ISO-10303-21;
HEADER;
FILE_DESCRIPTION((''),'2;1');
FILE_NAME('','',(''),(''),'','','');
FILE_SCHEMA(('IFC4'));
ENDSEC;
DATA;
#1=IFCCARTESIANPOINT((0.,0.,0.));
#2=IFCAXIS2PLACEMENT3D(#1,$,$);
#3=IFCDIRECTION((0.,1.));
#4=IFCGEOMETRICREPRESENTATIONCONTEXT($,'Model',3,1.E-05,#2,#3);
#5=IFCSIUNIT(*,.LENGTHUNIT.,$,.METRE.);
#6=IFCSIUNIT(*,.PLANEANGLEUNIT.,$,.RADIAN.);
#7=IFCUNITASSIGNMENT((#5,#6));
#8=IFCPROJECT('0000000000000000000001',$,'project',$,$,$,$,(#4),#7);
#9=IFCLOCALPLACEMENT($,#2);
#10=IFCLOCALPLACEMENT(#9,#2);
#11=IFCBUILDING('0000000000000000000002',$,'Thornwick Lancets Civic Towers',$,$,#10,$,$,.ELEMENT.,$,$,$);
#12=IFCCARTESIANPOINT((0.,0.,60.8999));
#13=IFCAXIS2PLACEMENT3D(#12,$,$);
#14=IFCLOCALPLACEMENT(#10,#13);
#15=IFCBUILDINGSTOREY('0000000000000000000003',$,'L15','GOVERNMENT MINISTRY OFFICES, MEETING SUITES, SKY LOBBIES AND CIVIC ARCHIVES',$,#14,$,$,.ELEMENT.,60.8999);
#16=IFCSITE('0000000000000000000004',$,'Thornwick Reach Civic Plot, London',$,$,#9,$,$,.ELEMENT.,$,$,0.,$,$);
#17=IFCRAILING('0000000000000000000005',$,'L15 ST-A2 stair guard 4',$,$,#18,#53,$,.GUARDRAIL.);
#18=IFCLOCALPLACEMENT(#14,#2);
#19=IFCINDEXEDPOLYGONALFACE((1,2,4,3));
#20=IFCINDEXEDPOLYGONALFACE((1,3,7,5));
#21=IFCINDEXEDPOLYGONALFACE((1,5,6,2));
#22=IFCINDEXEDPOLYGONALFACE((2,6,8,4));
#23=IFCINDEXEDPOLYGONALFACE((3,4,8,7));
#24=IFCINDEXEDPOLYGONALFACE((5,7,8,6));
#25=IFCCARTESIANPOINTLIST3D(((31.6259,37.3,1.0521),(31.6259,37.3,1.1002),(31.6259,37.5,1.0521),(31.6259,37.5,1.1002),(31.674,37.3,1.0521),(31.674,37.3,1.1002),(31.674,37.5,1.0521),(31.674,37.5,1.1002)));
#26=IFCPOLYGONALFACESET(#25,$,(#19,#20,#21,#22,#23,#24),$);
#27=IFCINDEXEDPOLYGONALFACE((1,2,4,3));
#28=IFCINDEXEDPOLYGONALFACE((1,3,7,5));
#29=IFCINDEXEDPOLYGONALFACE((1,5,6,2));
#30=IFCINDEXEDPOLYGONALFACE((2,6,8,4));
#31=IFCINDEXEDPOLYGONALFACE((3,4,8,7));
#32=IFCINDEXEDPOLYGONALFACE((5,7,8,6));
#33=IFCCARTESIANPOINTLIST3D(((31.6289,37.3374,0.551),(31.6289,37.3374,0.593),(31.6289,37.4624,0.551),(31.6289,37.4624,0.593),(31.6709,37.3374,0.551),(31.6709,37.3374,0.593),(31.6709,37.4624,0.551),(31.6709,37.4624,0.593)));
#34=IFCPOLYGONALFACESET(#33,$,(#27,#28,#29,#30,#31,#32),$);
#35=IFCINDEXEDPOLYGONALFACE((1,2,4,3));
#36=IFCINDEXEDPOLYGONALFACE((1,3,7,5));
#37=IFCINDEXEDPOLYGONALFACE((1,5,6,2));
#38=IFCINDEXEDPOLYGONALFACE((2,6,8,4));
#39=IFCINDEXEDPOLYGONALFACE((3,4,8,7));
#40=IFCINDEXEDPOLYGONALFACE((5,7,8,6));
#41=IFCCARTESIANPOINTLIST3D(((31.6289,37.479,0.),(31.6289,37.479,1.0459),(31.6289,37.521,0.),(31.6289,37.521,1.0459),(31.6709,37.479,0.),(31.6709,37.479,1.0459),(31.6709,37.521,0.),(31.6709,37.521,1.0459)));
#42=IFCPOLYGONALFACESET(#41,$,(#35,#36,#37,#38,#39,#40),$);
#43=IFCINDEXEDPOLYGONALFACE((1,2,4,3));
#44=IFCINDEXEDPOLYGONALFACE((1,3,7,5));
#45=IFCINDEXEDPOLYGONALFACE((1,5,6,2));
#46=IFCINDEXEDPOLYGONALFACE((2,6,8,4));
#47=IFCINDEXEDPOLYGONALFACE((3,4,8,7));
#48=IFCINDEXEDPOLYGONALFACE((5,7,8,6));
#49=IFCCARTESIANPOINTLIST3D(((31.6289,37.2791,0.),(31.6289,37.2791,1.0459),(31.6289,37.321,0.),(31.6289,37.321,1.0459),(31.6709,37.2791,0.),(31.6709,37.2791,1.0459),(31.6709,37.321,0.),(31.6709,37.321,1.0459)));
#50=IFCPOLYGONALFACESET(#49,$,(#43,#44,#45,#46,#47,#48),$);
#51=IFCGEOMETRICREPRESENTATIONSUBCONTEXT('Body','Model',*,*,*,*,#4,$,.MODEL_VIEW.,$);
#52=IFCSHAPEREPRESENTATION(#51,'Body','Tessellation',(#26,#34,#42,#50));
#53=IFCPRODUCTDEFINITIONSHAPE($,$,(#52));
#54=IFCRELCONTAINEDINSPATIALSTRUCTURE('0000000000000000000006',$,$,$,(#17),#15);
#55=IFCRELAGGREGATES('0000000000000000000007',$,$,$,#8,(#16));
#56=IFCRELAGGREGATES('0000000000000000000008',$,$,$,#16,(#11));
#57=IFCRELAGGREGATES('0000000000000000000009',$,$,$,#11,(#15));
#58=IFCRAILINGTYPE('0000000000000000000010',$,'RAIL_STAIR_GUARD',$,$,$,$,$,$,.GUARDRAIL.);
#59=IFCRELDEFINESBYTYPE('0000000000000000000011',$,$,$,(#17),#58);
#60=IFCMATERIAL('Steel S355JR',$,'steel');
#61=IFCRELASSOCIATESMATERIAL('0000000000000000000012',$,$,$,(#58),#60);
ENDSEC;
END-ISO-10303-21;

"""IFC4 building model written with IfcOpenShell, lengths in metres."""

from ifc_helpers import new_model, si_unit, direction, frame, origin, origin_2d, place, context, subcontext, project, spatial, rectangle, extrude, material, type_object, element, save


model = new_model("IFC4")

# Units and contexts
model_context = context("Model", 3, precision=1e-05, world=origin(), true_north=direction((0.0, 1.0)))
body_context = subcontext(model_context, "Body", "Model", "MODEL_VIEW")
ifc_project = project(units=[si_unit("LENGTHUNIT", "METRE"), si_unit("PLANEANGLEUNIT", "RADIAN")], contexts=[model_context])

# Site, building, storey
site_placement = place(None, origin())
site = spatial("IfcSite", under=ifc_project, at=site_placement, Name="Thornwick Reach Civic Plot, London", CompositionType="ELEMENT", RefElevation=0.0)
building_placement = place(site_placement, origin())
building = spatial("IfcBuilding", under=site, at=building_placement, Name="Thornwick Lancets Civic Towers", CompositionType="ELEMENT")
storey_placement = place(building_placement, frame((0.0, 0.0, 60.8999)))
storey = spatial("IfcBuildingStorey", under=building, at=storey_placement, Name="L15", Description="GOVERNMENT MINISTRY OFFICES, MEETING SUITES, SKY LOBBIES AND CIVIC ARCHIVES", CompositionType="ELEMENT", Elevation=60.8999)

# Shared definitions
ifc_material_1 = material(Name="Steel S355JR", Category="steel")

# Railing
railing_type_1 = type_object("IfcRailingType", Name="RAIL_STAIR_GUARD", PredefinedType="GUARDRAIL", material=ifc_material_1)
railing_1_placement = place(storey_placement, frame((31.6499, 37.5, 0.0)))
element("IfcRailing", 1, at=railing_1_placement, inside=storey, type_object=railing_type_1, Name="L15 ST-A2 stair guard 4", PredefinedType="GUARDRAIL", context=body_context, shape_type="SweptSolid", body=[
    extrude(rectangle(XDim=0.0481, YDim=0.0481, at=origin_2d()), frame((0.0, 0.0, 1.0762), z_axis=(0.0, -1.0, 0.0), x_axis=(1.0, 0.0, 0.0)), (0.0, 0.0, 1.0), 0.2),
    extrude(rectangle(XDim=0.042, YDim=0.042, at=origin_2d()), frame((0.0, -0.0376, 0.572), z_axis=(0.0, -1.0, 0.0), x_axis=(1.0, 0.0, 0.0)), (0.0, 0.0, 1.0), 0.125),
    extrude(rectangle(XDim=0.042, YDim=0.042, at=origin_2d()), origin(), (0.0, 0.0, 1.0), 1.0459),
    extrude(rectangle(XDim=0.042, YDim=0.042, at=origin_2d()), frame((0.0, -0.2, 0.0)), (0.0, 0.0, 1.0), 1.0459),
])

save(model, "model.ifc")
